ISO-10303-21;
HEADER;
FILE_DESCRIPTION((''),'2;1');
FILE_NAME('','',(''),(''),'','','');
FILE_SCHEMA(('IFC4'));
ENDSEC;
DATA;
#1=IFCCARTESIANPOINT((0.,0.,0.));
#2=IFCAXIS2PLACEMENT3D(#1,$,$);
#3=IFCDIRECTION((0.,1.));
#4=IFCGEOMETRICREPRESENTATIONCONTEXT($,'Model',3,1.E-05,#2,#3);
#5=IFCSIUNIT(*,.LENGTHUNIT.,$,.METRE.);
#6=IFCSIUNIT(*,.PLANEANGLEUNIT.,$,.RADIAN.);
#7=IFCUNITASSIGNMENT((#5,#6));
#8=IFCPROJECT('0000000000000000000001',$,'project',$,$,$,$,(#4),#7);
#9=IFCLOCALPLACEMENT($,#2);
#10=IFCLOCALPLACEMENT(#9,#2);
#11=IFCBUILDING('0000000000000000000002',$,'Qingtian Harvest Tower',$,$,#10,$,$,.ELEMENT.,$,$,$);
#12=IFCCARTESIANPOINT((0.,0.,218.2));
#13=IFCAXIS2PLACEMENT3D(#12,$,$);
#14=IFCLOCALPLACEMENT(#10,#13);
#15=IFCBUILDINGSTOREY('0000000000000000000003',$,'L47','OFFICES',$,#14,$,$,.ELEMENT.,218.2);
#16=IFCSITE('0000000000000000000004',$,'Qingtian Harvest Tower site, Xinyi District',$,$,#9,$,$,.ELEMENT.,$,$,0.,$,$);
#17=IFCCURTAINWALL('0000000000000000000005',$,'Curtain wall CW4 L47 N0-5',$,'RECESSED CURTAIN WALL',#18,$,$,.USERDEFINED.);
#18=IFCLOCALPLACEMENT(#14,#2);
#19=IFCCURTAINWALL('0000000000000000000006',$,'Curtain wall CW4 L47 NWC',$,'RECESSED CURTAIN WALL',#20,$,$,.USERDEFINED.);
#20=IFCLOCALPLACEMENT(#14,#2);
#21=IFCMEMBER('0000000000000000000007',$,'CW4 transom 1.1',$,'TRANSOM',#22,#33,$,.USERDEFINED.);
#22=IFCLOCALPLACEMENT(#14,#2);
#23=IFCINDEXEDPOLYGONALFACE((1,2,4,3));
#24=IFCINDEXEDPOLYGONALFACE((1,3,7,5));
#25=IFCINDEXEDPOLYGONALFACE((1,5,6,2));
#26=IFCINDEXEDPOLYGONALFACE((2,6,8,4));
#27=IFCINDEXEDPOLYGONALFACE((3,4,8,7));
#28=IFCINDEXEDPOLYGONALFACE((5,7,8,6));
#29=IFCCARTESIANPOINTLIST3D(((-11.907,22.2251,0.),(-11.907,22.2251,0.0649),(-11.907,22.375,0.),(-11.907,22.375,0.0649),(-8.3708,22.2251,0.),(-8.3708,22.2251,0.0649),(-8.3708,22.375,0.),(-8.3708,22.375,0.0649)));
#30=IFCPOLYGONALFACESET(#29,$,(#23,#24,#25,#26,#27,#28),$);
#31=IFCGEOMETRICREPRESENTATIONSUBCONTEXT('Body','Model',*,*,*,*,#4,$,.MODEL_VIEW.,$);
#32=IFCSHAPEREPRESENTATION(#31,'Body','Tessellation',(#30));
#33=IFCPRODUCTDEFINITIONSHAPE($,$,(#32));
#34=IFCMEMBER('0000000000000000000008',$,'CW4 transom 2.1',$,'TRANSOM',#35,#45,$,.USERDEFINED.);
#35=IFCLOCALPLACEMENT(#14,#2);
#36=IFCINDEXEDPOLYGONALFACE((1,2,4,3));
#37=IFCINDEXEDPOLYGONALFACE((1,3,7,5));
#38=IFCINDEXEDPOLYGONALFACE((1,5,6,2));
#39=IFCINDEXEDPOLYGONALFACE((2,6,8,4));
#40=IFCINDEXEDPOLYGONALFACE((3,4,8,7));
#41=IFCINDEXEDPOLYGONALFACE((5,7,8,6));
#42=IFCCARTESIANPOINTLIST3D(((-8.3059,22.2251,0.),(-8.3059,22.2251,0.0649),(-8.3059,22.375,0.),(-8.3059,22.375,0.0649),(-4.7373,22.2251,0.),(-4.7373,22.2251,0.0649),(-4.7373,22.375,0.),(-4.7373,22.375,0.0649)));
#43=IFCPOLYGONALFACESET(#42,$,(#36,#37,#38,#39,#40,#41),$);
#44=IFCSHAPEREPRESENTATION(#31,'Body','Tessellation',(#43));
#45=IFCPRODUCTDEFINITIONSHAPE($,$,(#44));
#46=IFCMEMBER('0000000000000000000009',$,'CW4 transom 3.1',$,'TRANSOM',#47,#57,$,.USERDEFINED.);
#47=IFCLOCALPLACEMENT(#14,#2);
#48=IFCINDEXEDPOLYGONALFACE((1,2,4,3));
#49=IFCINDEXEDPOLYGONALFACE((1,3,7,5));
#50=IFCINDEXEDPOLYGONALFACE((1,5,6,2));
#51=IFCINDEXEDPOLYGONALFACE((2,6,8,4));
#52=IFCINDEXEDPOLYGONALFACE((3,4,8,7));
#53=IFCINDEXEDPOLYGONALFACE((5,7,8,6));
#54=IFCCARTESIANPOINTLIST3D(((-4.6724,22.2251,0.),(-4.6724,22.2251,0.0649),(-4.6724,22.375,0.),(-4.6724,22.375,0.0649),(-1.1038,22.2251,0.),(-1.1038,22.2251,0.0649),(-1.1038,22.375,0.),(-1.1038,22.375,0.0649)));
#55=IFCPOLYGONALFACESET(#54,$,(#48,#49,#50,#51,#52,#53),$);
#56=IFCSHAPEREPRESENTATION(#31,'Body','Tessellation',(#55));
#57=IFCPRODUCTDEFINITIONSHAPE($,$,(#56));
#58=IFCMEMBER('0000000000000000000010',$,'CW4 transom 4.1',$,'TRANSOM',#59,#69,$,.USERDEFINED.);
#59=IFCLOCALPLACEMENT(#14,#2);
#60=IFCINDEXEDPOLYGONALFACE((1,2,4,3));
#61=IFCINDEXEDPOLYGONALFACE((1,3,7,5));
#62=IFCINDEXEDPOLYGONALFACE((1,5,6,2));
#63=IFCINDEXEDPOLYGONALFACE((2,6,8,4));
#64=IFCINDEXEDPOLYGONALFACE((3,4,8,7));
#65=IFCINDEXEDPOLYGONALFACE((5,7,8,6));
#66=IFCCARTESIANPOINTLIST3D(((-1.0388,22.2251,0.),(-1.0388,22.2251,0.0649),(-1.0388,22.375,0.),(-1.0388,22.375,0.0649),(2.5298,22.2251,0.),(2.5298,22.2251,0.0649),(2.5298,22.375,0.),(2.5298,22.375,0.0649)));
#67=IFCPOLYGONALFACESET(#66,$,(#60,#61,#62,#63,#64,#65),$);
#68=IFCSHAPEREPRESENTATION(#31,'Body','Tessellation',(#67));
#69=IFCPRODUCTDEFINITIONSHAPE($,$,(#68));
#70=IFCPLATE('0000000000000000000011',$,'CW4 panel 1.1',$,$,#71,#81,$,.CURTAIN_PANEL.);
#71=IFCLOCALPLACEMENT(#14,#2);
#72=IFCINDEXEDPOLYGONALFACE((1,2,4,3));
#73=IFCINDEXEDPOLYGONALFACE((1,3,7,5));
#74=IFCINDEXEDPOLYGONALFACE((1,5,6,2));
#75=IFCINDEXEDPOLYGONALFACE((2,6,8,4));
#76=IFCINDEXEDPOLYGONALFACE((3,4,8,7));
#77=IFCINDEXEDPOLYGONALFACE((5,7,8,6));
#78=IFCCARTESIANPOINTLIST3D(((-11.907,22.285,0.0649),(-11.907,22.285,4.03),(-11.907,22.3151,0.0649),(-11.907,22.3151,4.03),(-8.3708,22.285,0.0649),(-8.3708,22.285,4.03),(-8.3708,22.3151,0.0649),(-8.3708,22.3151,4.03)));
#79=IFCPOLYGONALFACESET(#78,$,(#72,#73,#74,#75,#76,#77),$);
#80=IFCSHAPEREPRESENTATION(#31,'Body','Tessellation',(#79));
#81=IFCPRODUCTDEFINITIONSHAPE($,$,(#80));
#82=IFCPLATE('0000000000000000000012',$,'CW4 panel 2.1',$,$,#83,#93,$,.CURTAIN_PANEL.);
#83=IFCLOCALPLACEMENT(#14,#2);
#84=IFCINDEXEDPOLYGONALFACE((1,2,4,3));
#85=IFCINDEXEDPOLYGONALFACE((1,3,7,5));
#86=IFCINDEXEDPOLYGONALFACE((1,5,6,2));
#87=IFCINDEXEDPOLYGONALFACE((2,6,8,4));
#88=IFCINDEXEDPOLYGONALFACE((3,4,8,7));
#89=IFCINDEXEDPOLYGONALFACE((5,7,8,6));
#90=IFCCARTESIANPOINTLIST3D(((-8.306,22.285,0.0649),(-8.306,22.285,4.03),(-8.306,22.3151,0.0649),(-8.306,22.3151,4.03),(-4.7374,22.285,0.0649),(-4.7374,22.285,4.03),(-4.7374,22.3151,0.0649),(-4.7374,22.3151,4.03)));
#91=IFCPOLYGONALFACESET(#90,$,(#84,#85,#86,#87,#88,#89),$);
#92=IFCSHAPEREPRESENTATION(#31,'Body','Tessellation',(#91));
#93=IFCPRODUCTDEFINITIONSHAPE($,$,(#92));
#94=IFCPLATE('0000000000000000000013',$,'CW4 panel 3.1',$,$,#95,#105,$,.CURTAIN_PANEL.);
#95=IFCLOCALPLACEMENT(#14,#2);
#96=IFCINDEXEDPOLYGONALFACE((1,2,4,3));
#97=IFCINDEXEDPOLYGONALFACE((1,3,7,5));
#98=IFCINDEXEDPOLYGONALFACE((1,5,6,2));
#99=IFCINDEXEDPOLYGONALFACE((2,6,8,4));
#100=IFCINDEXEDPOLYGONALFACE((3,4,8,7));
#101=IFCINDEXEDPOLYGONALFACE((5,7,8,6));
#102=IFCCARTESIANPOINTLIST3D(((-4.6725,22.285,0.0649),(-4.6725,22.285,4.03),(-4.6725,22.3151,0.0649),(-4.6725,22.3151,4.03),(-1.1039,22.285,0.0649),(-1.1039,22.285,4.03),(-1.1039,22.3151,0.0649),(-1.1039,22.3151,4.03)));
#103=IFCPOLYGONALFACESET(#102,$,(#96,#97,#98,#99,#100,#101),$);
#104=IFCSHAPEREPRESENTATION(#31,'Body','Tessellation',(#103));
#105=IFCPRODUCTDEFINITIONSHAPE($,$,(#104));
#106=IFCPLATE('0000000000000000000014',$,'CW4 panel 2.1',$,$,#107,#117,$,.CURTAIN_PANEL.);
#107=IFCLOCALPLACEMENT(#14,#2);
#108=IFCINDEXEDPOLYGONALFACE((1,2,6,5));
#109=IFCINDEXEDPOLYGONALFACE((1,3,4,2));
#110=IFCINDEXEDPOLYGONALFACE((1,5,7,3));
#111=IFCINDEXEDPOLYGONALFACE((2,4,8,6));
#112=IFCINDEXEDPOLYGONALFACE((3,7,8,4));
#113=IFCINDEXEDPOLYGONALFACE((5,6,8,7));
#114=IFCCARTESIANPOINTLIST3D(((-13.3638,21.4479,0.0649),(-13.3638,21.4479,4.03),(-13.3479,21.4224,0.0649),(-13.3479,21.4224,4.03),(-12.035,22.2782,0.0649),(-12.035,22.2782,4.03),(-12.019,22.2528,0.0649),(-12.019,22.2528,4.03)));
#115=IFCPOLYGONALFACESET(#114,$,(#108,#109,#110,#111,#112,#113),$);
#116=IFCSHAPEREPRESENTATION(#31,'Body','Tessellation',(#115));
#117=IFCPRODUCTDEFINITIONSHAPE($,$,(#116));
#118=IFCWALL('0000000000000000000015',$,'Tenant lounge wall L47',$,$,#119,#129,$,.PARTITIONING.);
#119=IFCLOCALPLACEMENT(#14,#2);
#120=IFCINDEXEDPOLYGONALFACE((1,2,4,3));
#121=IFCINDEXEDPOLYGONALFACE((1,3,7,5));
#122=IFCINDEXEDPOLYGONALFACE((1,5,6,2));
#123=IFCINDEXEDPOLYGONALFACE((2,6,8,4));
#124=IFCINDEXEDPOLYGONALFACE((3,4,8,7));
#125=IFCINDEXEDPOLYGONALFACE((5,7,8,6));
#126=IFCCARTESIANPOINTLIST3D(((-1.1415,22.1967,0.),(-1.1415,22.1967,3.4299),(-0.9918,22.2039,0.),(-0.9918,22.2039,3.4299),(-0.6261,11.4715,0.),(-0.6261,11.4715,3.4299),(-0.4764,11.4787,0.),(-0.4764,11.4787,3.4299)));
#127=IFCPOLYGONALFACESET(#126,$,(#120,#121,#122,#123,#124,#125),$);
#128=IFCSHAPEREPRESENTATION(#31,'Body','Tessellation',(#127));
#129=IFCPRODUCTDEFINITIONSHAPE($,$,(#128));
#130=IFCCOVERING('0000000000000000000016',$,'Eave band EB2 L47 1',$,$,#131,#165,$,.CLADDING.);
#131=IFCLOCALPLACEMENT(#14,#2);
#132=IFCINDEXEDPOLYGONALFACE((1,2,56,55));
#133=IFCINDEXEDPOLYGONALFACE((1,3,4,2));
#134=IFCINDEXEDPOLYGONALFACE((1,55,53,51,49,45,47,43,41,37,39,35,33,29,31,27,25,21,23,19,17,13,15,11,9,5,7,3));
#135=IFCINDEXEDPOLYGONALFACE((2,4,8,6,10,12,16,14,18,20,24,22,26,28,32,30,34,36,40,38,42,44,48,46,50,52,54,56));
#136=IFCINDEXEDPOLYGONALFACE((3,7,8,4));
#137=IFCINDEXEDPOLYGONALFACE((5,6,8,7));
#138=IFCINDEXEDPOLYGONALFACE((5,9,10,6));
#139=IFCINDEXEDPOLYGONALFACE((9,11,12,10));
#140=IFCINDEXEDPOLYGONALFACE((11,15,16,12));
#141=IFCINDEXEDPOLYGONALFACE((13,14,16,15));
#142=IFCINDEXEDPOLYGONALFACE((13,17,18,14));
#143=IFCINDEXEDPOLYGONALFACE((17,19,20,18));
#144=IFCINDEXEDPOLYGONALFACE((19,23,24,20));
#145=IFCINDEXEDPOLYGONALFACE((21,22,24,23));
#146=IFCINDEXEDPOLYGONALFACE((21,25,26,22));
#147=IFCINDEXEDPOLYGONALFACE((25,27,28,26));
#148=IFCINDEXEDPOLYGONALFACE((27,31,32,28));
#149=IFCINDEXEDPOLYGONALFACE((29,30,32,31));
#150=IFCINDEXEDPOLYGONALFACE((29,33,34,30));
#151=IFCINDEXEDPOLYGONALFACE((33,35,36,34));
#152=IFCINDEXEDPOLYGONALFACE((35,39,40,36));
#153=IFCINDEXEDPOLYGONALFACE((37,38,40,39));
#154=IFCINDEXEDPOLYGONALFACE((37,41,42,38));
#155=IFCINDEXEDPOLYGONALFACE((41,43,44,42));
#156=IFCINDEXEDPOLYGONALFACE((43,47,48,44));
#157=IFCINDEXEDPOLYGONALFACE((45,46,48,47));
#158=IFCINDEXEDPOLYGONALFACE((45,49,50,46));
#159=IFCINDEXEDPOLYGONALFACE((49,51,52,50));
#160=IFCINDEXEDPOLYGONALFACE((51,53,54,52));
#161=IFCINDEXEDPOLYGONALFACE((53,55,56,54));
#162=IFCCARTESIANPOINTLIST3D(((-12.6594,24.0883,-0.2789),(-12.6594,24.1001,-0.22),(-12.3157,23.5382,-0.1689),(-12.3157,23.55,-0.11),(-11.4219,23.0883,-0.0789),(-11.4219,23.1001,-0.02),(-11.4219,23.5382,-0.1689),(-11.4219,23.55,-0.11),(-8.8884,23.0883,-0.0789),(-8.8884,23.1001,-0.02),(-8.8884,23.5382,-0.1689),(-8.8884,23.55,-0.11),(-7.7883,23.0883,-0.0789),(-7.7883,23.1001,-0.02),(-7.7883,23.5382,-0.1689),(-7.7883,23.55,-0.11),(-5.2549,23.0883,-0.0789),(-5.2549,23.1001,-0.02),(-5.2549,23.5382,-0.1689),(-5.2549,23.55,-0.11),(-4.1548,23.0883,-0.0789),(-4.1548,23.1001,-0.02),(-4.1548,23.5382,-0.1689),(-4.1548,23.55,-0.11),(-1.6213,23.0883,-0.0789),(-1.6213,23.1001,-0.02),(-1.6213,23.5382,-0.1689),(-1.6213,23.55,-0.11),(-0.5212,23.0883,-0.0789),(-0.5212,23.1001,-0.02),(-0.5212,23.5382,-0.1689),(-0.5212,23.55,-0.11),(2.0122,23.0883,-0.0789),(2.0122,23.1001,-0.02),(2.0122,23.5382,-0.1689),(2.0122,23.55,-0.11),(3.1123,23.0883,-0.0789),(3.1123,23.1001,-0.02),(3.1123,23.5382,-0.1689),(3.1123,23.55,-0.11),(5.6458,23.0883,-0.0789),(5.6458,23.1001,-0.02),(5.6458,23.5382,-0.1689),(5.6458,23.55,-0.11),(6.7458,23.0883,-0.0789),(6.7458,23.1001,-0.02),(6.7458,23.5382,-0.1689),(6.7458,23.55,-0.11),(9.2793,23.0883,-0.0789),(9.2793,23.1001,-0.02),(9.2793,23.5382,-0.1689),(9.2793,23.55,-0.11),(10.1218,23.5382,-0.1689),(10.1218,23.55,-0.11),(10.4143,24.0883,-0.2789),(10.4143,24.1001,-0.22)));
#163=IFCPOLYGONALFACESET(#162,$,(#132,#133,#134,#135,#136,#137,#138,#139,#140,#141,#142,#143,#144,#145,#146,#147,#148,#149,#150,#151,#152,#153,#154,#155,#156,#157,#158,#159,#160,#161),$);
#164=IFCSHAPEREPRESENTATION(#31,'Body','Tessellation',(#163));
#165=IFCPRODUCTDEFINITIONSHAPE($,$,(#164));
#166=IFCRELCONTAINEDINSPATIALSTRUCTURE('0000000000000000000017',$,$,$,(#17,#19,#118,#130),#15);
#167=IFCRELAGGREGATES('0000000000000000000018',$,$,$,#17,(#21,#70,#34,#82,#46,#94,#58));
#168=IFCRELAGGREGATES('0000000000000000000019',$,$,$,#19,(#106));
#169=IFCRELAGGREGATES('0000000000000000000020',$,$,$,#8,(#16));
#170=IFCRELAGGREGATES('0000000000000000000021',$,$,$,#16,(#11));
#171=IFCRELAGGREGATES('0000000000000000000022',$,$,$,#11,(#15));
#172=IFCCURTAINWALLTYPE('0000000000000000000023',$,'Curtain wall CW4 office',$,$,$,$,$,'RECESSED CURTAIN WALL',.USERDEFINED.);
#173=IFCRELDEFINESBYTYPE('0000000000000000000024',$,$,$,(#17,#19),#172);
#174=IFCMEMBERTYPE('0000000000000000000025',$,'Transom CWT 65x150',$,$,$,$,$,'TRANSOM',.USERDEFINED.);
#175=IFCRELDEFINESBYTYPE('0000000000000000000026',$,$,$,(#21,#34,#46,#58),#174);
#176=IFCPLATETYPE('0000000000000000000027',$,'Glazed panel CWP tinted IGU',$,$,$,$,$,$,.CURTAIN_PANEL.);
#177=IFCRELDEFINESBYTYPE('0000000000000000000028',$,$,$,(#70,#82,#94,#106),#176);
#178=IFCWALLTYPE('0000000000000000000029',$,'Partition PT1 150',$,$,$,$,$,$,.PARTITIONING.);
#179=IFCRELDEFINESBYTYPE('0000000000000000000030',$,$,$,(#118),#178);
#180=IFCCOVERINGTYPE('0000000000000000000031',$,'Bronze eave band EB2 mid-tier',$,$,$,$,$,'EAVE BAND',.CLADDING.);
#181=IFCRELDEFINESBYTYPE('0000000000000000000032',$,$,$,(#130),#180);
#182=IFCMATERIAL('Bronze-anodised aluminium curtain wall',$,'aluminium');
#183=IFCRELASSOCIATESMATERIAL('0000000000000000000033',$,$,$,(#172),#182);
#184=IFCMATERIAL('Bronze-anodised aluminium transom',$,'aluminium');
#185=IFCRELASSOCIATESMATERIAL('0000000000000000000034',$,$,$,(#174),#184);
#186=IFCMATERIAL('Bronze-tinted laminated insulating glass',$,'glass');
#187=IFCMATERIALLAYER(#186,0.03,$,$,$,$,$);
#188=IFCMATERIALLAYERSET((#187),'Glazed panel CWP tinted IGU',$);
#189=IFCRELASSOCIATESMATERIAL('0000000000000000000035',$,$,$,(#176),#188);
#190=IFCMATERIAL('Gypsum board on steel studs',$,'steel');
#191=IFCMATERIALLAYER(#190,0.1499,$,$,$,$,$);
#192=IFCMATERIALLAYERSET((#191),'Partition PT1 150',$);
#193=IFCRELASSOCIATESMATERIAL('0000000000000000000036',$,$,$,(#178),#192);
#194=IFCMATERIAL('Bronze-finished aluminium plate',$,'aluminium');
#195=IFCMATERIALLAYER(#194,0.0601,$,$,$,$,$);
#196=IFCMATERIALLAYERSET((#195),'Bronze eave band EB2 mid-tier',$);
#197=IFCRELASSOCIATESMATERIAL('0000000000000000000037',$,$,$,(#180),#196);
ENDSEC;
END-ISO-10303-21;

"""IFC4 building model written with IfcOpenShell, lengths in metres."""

from ifc_helpers import new_model, si_unit, direction, frame, frame_2d, origin, origin_2d, place, context, subcontext, project, spatial, polyline, rectangle, outline, extrude, material, layer, layer_set, material_profile, profile_set, type_object, element, aggregate, save


model = new_model("IFC4")

# Units and contexts
model_context = context("Model", 3, precision=1e-05, world=origin(), true_north=direction((0.0, 1.0)))
body_context = subcontext(model_context, "Body", "Model", "MODEL_VIEW")
ifc_project = project(units=[si_unit("LENGTHUNIT", "METRE"), si_unit("PLANEANGLEUNIT", "RADIAN")], contexts=[model_context])

# Site, building, storey
site_placement = place(None, origin())
site = spatial("IfcSite", under=ifc_project, at=site_placement, Name="Qingtian Harvest Tower site, Xinyi District", CompositionType="ELEMENT", RefElevation=0.0)
building_placement = place(site_placement, origin())
building = spatial("IfcBuilding", under=site, at=building_placement, Name="Qingtian Harvest Tower", CompositionType="ELEMENT")
storey_placement = place(building_placement, frame((0.0, 0.0, 218.2)))
storey = spatial("IfcBuildingStorey", under=building, at=storey_placement, Name="L47", Description="OFFICES", CompositionType="ELEMENT", Elevation=218.2)

# Curtain wall
ifc_material_1 = material(Name="Bronze-anodised aluminium curtain wall", Category="aluminium")
curtain_wall_type = type_object("IfcCurtainWallType", Name="Curtain wall CW4 office", ElementType="RECESSED CURTAIN WALL", PredefinedType="USERDEFINED", material=ifc_material_1)
curtain_wall_1_placement = place(storey_placement, origin())
curtain_wall_1 = element("IfcCurtainWall", 1, at=curtain_wall_1_placement, inside=storey, type_object=curtain_wall_type, Name="Curtain wall CW4 L47 N0-5", ObjectType="RECESSED CURTAIN WALL", PredefinedType="USERDEFINED")

# Curtain wall
curtain_wall_2_placement = place(storey_placement, origin())
curtain_wall_2 = element("IfcCurtainWall", 2, at=curtain_wall_2_placement, inside=storey, type_object=curtain_wall_type, Name="Curtain wall CW4 L47 NWC", ObjectType="RECESSED CURTAIN WALL", PredefinedType="USERDEFINED")

# Members
ifc_material_2 = material(Name="Bronze-anodised aluminium transom", Category="aluminium")
ifc_material_profile_1 = material_profile(ifc_material_2, rectangle(XDim=0.1499, YDim=0.0649, at=origin_2d()), Name="AL 65x150")
ifc_profile_set_1 = profile_set([ifc_material_profile_1], Name="Bronze-anodised aluminium transom")
member_type_1 = type_object("IfcMemberType", Name="Transom CWT 65x150", ElementType="TRANSOM", PredefinedType="USERDEFINED", material=ifc_profile_set_1)
member_1_placement = place(storey_placement, frame((-11.907, 22.3, 0.0325), z_axis=(1.0, 0.0, 0.0), x_axis=(0.0, 1.0, 0.0)))
member_1 = element("IfcMember", 3, at=member_1_placement, type_object=member_type_1, Name="CW4 transom 1.1", ObjectType="TRANSOM", PredefinedType="USERDEFINED", context=body_context, shape_type="SweptSolid", body=[
    extrude(rectangle(XDim=0.1499, YDim=0.0649, at=origin_2d()), origin(), (0.0, 0.0, 1.0), 3.5361),
])
member_2_placement = place(storey_placement, frame((-8.3059, 22.3, 0.0325), z_axis=(1.0, 0.0, 0.0), x_axis=(0.0, 1.0, 0.0)))
member_2 = element("IfcMember", 4, at=member_2_placement, type_object=member_type_1, Name="CW4 transom 2.1", ObjectType="TRANSOM", PredefinedType="USERDEFINED", context=body_context, shape_type="SweptSolid", body=[
    extrude(rectangle(XDim=0.1499, YDim=0.0649, at=origin_2d()), origin(), (0.0, 0.0, 1.0), 3.5686),
])
member_3_placement = place(storey_placement, frame((-4.6724, 22.3, 0.0325), z_axis=(1.0, 0.0, 0.0), x_axis=(0.0, 1.0, 0.0)))
member_3 = element("IfcMember", 5, at=member_3_placement, type_object=member_type_1, Name="CW4 transom 3.1", ObjectType="TRANSOM", PredefinedType="USERDEFINED", context=body_context, shape_type="SweptSolid", body=[
    extrude(rectangle(XDim=0.1499, YDim=0.0649, at=origin_2d()), origin(), (0.0, 0.0, 1.0), 3.5686),
])
member_4_placement = place(storey_placement, frame((-1.0388, 22.3, 0.0325), z_axis=(1.0, 0.0, 0.0), x_axis=(0.0, 1.0, 0.0)))
member_4 = element("IfcMember", 6, at=member_4_placement, type_object=member_type_1, Name="CW4 transom 4.1", ObjectType="TRANSOM", PredefinedType="USERDEFINED", context=body_context, shape_type="SweptSolid", body=[
    extrude(rectangle(XDim=0.1499, YDim=0.0649, at=origin_2d()), origin(), (0.0, 0.0, 1.0), 3.5686),
])

# Plates
ifc_material_3 = material(Name="Bronze-tinted laminated insulating glass", Category="glass")
ifc_layer_1 = layer(ifc_material_3, 0.03)
ifc_layer_set_1 = layer_set([ifc_layer_1], Name="Glazed panel CWP tinted IGU")
plate_type = type_object("IfcPlateType", Name="Glazed panel CWP tinted IGU", PredefinedType="CURTAIN_PANEL", material=ifc_layer_set_1)
plate_1_placement = place(storey_placement, frame((-10.1389, 22.3, 0.0649), z_axis=(0.0, 0.0, 1.0), x_axis=(1.0, 0.0, 0.0)))
plate_1 = element("IfcPlate", 7, at=plate_1_placement, type_object=plate_type, Name="CW4 panel 1.1", PredefinedType="CURTAIN_PANEL", context=body_context, shape_type="SweptSolid", body=[
    extrude(rectangle(XDim=3.5361, YDim=0.03, at=origin_2d()), origin(), (0.0, 0.0, 1.0), 3.9651),
])
plate_2_placement = place(storey_placement, frame((-6.5217, 22.3, 0.0649), z_axis=(0.0, 0.0, 1.0), x_axis=(1.0, 0.0, 0.0)))
plate_2 = element("IfcPlate", 8, at=plate_2_placement, type_object=plate_type, Name="CW4 panel 2.1", PredefinedType="CURTAIN_PANEL", context=body_context, shape_type="SweptSolid", body=[
    extrude(rectangle(XDim=3.5686, YDim=0.03, at=origin_2d()), origin(), (0.0, 0.0, 1.0), 3.9651),
])
plate_3_placement = place(storey_placement, frame((-2.8882, 22.3, 0.0649), z_axis=(0.0, 0.0, 1.0), x_axis=(1.0, 0.0, 0.0)))
plate_3 = element("IfcPlate", 9, at=plate_3_placement, type_object=plate_type, Name="CW4 panel 3.1", PredefinedType="CURTAIN_PANEL", context=body_context, shape_type="SweptSolid", body=[
    extrude(rectangle(XDim=3.5686, YDim=0.03, at=origin_2d()), origin(), (0.0, 0.0, 1.0), 3.9651),
])
aggregate(curtain_wall_1, [member_1, plate_1, member_2, plate_2, member_3, plate_3, member_4])
plate_4_placement = place(storey_placement, frame((-12.6914, 21.8503, 0.0649), z_axis=(0.0, 0.0, 1.0), x_axis=(0.848048, 0.529919, 0.0)))
plate_4 = element("IfcPlate", 10, at=plate_4_placement, type_object=plate_type, Name="CW4 panel 2.1", PredefinedType="CURTAIN_PANEL", context=body_context, shape_type="SweptSolid", body=[
    extrude(rectangle(XDim=1.5669, YDim=0.03, at=origin_2d()), origin(), (0.0, 0.0, 1.0), 3.9651),
])
aggregate(curtain_wall_2, [plate_4])

# Wall
ifc_material_4 = material(Name="Gypsum board on steel studs", Category="steel")
ifc_layer_2 = layer(ifc_material_4, 0.1499)
ifc_layer_set_2 = layer_set([ifc_layer_2], Name="Partition PT1 150")
wall_type = type_object("IfcWallType", Name="Partition PT1 150", PredefinedType="PARTITIONING", material=ifc_layer_set_2)
wall_placement = place(storey_placement, frame((-1.0667, 22.2002, 0.0), z_axis=(0.0, 0.0, 1.0), x_axis=(0.047998, -0.998847, 0.0)))
element("IfcWall", 11, at=wall_placement, inside=storey, type_object=wall_type, Name="Tenant lounge wall L47", PredefinedType="PARTITIONING", context=body_context, shape_type="SweptSolid", body=[
    extrude(rectangle(XDim=10.7375, YDim=0.1499, at=frame_2d((5.3687, 0.0))), origin(), (0.0, 0.0, 1.0), 3.4299),
])

# Covering
ifc_material_5 = material(Name="Bronze-finished aluminium plate", Category="aluminium")
ifc_layer_3 = layer(ifc_material_5, 0.0601)
ifc_layer_set_3 = layer_set([ifc_layer_3], Name="Bronze eave band EB2 mid-tier")
covering_type = type_object("IfcCoveringType", Name="Bronze eave band EB2 mid-tier", ElementType="EAVE BAND", PredefinedType="CLADDING", material=ifc_layer_set_3)
covering_placement = place(storey_placement, frame((-11.4219, 23.1001, -0.02), z_axis=(0.0, 0.196116, 0.980581), x_axis=(0.0, 0.980581, -0.196116)))
element("IfcCovering", 12, at=covering_placement, inside=storey, type_object=covering_type, Name="Eave band EB2 L47 1", PredefinedType="CLADDING", context=body_context, shape_type="SweptSolid", body=[
    extrude(outline(polyline([(0.0, 0.0), (0.4588, 0.0), (0.4588, 0.8938), (1.0198, 1.2375), (1.0198, -21.8362), (0.4588, -21.5437), (0.4588, -20.7012), (0.0, -20.7012), (0.0, -18.1677), (0.4588, -18.1677), (0.4588, -17.0676), (0.0, -17.0676), (0.0, -14.5342), (0.4588, -14.5342), (0.4588, -13.4341), (0.0, -13.4341), (0.0, -10.9006), (0.4588, -10.9006), (0.4588, -9.8005), (0.0, -9.8005), (0.0, -7.2671), (0.4588, -7.2671), (0.4588, -6.167), (0.0, -6.167), (0.0, -3.6335), (0.4588, -3.6335), (0.4588, -2.5334), (0.0, -2.5334), (0.0, 0.0)])), origin(), (0.0, 0.0, -1.0), 0.0601),
])

save(model, "model.ifc")
